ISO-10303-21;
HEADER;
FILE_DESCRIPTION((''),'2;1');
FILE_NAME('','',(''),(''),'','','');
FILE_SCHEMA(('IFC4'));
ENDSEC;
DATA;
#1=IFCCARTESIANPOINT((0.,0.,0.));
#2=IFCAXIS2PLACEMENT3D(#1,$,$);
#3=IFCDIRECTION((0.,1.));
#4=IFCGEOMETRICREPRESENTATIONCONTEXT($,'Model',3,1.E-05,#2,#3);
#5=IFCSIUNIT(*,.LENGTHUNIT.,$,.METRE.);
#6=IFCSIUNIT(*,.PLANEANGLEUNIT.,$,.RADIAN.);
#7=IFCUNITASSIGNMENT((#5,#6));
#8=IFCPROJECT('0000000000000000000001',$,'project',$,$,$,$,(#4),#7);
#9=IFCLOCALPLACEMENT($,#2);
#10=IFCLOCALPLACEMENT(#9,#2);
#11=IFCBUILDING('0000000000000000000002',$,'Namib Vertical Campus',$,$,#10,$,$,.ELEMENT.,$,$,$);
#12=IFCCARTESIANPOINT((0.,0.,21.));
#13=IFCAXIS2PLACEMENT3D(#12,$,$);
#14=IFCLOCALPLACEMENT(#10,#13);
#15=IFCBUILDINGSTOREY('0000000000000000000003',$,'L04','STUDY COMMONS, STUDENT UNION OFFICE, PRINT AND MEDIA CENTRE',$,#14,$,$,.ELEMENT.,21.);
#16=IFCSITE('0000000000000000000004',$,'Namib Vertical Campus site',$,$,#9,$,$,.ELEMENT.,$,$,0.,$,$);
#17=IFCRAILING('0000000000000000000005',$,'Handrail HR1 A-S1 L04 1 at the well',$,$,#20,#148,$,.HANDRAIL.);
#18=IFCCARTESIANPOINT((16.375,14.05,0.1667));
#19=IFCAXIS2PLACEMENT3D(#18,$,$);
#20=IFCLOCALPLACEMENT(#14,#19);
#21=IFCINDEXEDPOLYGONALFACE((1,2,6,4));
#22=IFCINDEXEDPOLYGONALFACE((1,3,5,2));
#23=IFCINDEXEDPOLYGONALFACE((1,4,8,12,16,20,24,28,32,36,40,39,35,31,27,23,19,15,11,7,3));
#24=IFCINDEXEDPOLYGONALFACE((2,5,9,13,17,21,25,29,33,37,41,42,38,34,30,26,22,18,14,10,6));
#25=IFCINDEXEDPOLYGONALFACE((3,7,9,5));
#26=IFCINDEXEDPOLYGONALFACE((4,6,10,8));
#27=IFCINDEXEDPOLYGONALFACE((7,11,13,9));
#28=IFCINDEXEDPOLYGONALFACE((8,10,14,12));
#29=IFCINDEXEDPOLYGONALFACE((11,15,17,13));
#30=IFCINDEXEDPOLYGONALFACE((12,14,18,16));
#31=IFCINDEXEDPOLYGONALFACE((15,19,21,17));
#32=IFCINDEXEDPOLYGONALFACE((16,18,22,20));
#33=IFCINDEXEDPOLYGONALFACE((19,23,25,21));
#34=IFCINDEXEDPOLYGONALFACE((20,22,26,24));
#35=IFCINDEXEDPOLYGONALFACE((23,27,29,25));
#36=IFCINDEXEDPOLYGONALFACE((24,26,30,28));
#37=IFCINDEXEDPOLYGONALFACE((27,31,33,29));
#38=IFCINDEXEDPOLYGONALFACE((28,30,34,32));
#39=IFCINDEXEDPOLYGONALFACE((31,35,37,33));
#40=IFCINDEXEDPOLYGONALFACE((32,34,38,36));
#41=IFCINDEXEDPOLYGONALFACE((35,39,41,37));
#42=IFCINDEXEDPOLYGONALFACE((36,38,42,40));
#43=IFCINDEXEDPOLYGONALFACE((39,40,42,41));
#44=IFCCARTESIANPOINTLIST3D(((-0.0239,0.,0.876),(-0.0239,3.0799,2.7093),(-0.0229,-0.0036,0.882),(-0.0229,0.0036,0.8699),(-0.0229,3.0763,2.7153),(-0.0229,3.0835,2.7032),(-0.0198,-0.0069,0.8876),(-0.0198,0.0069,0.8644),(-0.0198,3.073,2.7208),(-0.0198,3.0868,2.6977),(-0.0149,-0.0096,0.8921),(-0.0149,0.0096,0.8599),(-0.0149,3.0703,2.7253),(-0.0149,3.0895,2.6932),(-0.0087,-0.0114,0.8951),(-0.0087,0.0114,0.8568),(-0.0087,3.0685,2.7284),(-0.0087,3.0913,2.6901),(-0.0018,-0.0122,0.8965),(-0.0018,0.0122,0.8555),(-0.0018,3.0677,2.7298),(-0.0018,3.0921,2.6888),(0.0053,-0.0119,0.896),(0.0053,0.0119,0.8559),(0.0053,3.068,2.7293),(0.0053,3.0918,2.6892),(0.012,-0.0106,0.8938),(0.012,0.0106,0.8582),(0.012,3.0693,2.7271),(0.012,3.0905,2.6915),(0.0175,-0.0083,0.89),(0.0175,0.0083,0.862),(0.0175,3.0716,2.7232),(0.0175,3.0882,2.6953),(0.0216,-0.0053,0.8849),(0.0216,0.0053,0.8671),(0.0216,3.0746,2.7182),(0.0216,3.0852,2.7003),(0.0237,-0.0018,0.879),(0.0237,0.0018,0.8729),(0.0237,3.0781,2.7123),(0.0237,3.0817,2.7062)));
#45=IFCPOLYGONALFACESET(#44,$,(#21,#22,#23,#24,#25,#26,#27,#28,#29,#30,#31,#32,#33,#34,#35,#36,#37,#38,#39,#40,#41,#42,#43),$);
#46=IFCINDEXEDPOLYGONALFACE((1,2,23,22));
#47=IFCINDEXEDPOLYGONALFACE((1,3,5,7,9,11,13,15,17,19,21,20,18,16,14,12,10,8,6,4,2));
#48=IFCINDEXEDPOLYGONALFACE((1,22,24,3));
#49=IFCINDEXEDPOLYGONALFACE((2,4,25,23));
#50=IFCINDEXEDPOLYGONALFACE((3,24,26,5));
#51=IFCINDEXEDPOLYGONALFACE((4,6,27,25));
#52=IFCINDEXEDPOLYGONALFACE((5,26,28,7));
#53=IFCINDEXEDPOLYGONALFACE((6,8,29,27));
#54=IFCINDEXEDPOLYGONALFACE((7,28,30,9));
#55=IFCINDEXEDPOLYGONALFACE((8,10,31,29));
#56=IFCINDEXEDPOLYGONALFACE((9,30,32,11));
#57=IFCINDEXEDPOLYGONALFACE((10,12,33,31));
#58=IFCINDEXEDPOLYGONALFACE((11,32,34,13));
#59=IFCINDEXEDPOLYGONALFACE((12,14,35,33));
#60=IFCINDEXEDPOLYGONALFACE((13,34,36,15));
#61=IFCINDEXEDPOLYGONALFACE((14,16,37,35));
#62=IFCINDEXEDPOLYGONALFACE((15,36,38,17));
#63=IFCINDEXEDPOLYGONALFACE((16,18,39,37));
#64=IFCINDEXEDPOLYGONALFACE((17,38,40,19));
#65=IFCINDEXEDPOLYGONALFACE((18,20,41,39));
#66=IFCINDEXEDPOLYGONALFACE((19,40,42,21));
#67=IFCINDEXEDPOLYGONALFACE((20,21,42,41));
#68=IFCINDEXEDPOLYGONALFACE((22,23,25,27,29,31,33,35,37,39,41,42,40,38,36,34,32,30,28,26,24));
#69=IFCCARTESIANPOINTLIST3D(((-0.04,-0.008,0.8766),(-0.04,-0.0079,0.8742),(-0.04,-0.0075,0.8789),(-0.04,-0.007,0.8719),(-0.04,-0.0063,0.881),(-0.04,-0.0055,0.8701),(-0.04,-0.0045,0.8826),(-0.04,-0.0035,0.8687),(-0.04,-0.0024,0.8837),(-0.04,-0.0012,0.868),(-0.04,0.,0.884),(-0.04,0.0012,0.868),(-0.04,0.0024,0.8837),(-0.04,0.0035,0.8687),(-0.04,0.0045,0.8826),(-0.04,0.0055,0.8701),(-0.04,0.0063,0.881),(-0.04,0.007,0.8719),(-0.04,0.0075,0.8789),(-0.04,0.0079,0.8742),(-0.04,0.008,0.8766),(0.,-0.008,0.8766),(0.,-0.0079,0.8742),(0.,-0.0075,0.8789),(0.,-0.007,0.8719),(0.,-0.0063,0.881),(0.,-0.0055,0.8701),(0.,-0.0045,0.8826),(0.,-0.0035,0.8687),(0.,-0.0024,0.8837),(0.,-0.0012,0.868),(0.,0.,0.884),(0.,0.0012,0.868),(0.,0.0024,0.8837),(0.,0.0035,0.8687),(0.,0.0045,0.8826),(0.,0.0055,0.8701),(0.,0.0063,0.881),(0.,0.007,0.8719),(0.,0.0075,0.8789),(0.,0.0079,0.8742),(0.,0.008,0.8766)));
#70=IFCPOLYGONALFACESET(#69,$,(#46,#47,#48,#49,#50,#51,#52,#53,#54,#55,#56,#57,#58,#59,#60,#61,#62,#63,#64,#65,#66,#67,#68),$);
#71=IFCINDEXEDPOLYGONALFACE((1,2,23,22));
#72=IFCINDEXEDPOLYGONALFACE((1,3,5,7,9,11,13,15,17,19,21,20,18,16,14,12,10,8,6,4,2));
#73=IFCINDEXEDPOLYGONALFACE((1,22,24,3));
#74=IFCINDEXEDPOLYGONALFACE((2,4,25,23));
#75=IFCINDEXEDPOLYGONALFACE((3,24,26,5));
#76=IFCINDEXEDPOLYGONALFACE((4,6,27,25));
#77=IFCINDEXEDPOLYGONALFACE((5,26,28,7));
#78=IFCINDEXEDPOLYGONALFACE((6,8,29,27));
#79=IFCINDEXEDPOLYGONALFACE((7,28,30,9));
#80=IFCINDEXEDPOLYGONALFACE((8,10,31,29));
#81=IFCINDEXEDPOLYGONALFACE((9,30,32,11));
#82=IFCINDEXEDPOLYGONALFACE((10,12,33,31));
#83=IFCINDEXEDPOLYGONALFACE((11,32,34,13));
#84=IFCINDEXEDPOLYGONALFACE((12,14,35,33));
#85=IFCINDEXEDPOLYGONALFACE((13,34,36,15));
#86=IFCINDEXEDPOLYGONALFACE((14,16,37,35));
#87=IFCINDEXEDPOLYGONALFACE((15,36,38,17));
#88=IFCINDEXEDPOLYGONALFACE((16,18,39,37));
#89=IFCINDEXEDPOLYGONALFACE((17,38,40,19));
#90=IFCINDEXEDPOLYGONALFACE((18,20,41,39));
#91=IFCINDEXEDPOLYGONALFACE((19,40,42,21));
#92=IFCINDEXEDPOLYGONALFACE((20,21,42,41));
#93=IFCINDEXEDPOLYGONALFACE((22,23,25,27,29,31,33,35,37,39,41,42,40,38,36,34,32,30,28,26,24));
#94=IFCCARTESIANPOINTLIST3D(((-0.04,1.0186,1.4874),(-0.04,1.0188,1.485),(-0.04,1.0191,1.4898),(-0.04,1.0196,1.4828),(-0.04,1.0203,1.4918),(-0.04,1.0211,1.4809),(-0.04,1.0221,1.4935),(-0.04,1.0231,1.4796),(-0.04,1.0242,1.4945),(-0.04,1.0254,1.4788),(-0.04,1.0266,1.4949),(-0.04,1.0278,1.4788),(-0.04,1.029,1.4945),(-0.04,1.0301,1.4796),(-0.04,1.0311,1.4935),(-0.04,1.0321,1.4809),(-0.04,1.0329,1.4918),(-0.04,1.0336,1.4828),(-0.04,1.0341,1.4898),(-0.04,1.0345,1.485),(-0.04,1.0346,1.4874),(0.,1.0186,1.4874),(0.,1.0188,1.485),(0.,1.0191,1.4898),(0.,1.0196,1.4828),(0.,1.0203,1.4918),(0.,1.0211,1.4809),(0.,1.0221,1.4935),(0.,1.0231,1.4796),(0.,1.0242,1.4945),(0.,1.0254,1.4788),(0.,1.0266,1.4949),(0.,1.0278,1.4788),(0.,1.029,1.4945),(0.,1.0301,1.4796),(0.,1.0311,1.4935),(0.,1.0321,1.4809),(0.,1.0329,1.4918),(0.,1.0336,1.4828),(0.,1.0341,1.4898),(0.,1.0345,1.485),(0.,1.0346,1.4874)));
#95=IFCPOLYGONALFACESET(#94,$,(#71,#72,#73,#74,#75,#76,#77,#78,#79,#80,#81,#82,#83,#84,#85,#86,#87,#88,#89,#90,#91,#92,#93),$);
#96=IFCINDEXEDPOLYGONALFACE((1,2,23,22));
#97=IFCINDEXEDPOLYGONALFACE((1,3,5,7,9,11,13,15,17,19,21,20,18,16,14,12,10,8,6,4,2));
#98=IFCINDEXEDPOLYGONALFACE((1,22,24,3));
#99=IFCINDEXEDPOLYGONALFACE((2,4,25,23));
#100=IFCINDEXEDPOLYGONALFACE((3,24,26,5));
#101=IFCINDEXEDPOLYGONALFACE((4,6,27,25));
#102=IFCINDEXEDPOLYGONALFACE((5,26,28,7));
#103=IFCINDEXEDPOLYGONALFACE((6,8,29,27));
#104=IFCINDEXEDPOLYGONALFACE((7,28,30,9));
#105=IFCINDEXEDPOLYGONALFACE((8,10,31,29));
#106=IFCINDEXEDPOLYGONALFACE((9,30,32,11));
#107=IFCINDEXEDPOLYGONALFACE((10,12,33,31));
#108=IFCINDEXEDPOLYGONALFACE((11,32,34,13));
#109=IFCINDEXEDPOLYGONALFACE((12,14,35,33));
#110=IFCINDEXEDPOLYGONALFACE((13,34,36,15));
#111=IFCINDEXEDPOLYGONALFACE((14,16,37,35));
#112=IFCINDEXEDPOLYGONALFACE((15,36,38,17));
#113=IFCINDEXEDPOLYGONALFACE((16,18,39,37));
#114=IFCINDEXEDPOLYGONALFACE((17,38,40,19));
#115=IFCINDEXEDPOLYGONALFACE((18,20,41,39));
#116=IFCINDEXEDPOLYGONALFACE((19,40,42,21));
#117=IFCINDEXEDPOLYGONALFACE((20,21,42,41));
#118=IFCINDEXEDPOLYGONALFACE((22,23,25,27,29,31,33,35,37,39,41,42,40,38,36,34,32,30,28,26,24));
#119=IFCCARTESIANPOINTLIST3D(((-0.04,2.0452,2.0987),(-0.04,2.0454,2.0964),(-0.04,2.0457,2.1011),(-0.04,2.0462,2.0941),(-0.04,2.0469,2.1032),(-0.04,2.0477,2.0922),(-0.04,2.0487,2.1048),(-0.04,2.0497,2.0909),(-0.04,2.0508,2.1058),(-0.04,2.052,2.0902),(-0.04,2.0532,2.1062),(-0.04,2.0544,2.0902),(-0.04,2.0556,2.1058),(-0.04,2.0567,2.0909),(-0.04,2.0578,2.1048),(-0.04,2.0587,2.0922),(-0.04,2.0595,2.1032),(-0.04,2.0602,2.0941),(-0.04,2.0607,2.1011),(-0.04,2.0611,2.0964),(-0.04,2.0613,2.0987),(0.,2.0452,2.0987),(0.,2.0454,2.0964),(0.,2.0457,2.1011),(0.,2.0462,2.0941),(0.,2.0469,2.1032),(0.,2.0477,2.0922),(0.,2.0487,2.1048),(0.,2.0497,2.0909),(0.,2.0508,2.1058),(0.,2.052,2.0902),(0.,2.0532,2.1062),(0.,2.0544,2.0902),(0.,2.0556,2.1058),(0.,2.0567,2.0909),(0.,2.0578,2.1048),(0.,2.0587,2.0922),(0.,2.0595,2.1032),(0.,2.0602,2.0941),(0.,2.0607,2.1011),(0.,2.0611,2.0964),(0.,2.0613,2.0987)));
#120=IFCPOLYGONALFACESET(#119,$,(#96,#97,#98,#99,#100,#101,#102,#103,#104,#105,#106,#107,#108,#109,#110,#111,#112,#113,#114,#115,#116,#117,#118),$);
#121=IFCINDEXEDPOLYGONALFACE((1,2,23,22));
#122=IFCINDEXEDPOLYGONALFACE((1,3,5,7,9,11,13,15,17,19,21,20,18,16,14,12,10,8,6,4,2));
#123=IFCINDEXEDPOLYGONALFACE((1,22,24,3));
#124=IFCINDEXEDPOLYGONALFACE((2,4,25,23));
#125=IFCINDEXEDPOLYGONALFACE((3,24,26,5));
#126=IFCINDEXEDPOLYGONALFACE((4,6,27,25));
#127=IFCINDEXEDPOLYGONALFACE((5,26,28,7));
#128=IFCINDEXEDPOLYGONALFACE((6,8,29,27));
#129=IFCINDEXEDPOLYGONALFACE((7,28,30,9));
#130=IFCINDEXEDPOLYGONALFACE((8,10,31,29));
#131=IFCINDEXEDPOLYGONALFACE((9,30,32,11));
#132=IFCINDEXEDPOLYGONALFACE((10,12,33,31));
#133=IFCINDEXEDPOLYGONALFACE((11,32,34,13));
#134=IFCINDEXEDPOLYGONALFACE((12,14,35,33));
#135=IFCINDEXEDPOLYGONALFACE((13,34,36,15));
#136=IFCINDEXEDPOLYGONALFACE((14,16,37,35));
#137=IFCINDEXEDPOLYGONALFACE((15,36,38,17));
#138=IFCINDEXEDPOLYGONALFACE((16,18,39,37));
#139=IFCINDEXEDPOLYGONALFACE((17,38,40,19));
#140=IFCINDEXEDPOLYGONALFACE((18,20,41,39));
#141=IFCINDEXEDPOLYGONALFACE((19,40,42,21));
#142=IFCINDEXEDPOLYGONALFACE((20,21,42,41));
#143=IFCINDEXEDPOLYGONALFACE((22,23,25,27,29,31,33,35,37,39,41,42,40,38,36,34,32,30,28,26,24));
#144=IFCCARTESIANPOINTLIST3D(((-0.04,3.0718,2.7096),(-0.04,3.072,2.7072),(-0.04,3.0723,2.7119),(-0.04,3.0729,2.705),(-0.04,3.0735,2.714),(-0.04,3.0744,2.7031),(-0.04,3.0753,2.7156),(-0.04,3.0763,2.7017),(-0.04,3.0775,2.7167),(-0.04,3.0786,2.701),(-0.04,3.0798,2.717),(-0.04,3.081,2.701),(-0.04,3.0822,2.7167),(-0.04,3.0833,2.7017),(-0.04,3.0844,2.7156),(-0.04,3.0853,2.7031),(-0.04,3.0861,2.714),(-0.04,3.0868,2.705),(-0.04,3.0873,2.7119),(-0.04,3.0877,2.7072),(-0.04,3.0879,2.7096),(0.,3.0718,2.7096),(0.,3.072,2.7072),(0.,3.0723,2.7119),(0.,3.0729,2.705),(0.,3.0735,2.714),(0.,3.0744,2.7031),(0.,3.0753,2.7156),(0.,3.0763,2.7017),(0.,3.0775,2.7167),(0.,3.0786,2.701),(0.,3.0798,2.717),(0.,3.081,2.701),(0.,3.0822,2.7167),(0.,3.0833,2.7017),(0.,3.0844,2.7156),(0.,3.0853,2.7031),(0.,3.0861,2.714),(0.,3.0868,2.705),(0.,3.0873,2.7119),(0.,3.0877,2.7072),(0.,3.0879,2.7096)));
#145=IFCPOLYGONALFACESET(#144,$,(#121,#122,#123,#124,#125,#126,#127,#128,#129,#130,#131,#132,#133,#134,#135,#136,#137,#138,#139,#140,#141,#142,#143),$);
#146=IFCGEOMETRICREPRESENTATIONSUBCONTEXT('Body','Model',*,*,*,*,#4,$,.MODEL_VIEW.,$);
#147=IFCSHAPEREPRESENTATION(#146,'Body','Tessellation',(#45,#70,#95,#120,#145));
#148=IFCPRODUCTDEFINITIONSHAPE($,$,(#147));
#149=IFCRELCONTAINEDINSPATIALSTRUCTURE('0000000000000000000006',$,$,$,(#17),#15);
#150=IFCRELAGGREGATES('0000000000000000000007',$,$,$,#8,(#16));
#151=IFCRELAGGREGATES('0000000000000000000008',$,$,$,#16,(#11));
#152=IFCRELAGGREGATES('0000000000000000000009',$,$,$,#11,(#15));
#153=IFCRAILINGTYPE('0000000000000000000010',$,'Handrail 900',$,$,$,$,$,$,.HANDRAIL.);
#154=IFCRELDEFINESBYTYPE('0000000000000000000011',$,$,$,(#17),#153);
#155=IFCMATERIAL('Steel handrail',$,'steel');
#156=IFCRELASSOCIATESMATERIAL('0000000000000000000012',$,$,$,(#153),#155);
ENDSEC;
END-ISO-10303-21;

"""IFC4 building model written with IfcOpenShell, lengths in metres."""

from ifc_helpers import new_model, si_unit, direction, frame, origin, origin_2d, place, context, subcontext, project, spatial, circle, extrude, material, type_object, element, save


model = new_model("IFC4")

# Units and contexts
model_context = context("Model", 3, precision=1e-05, world=origin(), true_north=direction((0.0, 1.0)))
body_context = subcontext(model_context, "Body", "Model", "MODEL_VIEW")
ifc_project = project(units=[si_unit("LENGTHUNIT", "METRE"), si_unit("PLANEANGLEUNIT", "RADIAN")], contexts=[model_context])

# Site, building, storey
site_placement = place(None, origin())
site = spatial("IfcSite", under=ifc_project, at=site_placement, Name="Namib Vertical Campus site", CompositionType="ELEMENT", RefElevation=0.0)
building_placement = place(site_placement, origin())
building = spatial("IfcBuilding", under=site, at=building_placement, Name="Namib Vertical Campus", CompositionType="ELEMENT")
storey_placement = place(building_placement, frame((0.0, 0.0, 21.0)))
storey = spatial("IfcBuildingStorey", under=building, at=storey_placement, Name="L04", Description="STUDY COMMONS, STUDENT UNION OFFICE, PRINT AND MEDIA CENTRE", CompositionType="ELEMENT", Elevation=21.0)

# Railing
ifc_material_1 = material(Name="Steel handrail", Category="steel")
railing_type_1 = type_object("IfcRailingType", Name="Handrail 900", PredefinedType="HANDRAIL", material=ifc_material_1)
railing_1_placement = place(storey_placement, frame((16.375, 14.05, 0.1667)))
element("IfcRailing", 1, at=railing_1_placement, inside=storey, type_object=railing_type_1, Name="Handrail HR1 A-S1 L04 1 at the well", PredefinedType="HANDRAIL", context=body_context, shape_type="SweptSolid", body=[
    extrude(circle(Radius=0.0239, at=origin_2d()), frame((0.0, 0.0, 0.876), z_axis=(0.0, 0.859291, 0.511487), x_axis=(-1.0, 0.0, 0.0)), (0.0, 0.0, 1.0), 3.5842),
    extrude(circle(Radius=0.0081, at=origin_2d()), frame((0.0, 0.0, 0.876), z_axis=(-1.0, 0.0, 0.0), x_axis=(0.0, 0.0, 1.0)), (0.0, 0.0, 1.0), 0.04),
    extrude(circle(Radius=0.0081, at=origin_2d()), frame((0.0, 1.0266, 1.4868), z_axis=(-1.0, 0.0, 0.0), x_axis=(0.0, 0.0, 1.0)), (0.0, 0.0, 1.0), 0.04),
    extrude(circle(Radius=0.0081, at=origin_2d()), frame((0.0, 2.0532, 2.0981), z_axis=(-1.0, 0.0, 0.0), x_axis=(0.0, 0.0, 1.0)), (0.0, 0.0, 1.0), 0.04),
    extrude(circle(Radius=0.0081, at=origin_2d()), frame((0.0, 3.0798, 2.709), z_axis=(-1.0, 0.0, 0.0), x_axis=(0.0, 0.0, 1.0)), (0.0, 0.0, 1.0), 0.04),
])

save(model, "model.ifc")
